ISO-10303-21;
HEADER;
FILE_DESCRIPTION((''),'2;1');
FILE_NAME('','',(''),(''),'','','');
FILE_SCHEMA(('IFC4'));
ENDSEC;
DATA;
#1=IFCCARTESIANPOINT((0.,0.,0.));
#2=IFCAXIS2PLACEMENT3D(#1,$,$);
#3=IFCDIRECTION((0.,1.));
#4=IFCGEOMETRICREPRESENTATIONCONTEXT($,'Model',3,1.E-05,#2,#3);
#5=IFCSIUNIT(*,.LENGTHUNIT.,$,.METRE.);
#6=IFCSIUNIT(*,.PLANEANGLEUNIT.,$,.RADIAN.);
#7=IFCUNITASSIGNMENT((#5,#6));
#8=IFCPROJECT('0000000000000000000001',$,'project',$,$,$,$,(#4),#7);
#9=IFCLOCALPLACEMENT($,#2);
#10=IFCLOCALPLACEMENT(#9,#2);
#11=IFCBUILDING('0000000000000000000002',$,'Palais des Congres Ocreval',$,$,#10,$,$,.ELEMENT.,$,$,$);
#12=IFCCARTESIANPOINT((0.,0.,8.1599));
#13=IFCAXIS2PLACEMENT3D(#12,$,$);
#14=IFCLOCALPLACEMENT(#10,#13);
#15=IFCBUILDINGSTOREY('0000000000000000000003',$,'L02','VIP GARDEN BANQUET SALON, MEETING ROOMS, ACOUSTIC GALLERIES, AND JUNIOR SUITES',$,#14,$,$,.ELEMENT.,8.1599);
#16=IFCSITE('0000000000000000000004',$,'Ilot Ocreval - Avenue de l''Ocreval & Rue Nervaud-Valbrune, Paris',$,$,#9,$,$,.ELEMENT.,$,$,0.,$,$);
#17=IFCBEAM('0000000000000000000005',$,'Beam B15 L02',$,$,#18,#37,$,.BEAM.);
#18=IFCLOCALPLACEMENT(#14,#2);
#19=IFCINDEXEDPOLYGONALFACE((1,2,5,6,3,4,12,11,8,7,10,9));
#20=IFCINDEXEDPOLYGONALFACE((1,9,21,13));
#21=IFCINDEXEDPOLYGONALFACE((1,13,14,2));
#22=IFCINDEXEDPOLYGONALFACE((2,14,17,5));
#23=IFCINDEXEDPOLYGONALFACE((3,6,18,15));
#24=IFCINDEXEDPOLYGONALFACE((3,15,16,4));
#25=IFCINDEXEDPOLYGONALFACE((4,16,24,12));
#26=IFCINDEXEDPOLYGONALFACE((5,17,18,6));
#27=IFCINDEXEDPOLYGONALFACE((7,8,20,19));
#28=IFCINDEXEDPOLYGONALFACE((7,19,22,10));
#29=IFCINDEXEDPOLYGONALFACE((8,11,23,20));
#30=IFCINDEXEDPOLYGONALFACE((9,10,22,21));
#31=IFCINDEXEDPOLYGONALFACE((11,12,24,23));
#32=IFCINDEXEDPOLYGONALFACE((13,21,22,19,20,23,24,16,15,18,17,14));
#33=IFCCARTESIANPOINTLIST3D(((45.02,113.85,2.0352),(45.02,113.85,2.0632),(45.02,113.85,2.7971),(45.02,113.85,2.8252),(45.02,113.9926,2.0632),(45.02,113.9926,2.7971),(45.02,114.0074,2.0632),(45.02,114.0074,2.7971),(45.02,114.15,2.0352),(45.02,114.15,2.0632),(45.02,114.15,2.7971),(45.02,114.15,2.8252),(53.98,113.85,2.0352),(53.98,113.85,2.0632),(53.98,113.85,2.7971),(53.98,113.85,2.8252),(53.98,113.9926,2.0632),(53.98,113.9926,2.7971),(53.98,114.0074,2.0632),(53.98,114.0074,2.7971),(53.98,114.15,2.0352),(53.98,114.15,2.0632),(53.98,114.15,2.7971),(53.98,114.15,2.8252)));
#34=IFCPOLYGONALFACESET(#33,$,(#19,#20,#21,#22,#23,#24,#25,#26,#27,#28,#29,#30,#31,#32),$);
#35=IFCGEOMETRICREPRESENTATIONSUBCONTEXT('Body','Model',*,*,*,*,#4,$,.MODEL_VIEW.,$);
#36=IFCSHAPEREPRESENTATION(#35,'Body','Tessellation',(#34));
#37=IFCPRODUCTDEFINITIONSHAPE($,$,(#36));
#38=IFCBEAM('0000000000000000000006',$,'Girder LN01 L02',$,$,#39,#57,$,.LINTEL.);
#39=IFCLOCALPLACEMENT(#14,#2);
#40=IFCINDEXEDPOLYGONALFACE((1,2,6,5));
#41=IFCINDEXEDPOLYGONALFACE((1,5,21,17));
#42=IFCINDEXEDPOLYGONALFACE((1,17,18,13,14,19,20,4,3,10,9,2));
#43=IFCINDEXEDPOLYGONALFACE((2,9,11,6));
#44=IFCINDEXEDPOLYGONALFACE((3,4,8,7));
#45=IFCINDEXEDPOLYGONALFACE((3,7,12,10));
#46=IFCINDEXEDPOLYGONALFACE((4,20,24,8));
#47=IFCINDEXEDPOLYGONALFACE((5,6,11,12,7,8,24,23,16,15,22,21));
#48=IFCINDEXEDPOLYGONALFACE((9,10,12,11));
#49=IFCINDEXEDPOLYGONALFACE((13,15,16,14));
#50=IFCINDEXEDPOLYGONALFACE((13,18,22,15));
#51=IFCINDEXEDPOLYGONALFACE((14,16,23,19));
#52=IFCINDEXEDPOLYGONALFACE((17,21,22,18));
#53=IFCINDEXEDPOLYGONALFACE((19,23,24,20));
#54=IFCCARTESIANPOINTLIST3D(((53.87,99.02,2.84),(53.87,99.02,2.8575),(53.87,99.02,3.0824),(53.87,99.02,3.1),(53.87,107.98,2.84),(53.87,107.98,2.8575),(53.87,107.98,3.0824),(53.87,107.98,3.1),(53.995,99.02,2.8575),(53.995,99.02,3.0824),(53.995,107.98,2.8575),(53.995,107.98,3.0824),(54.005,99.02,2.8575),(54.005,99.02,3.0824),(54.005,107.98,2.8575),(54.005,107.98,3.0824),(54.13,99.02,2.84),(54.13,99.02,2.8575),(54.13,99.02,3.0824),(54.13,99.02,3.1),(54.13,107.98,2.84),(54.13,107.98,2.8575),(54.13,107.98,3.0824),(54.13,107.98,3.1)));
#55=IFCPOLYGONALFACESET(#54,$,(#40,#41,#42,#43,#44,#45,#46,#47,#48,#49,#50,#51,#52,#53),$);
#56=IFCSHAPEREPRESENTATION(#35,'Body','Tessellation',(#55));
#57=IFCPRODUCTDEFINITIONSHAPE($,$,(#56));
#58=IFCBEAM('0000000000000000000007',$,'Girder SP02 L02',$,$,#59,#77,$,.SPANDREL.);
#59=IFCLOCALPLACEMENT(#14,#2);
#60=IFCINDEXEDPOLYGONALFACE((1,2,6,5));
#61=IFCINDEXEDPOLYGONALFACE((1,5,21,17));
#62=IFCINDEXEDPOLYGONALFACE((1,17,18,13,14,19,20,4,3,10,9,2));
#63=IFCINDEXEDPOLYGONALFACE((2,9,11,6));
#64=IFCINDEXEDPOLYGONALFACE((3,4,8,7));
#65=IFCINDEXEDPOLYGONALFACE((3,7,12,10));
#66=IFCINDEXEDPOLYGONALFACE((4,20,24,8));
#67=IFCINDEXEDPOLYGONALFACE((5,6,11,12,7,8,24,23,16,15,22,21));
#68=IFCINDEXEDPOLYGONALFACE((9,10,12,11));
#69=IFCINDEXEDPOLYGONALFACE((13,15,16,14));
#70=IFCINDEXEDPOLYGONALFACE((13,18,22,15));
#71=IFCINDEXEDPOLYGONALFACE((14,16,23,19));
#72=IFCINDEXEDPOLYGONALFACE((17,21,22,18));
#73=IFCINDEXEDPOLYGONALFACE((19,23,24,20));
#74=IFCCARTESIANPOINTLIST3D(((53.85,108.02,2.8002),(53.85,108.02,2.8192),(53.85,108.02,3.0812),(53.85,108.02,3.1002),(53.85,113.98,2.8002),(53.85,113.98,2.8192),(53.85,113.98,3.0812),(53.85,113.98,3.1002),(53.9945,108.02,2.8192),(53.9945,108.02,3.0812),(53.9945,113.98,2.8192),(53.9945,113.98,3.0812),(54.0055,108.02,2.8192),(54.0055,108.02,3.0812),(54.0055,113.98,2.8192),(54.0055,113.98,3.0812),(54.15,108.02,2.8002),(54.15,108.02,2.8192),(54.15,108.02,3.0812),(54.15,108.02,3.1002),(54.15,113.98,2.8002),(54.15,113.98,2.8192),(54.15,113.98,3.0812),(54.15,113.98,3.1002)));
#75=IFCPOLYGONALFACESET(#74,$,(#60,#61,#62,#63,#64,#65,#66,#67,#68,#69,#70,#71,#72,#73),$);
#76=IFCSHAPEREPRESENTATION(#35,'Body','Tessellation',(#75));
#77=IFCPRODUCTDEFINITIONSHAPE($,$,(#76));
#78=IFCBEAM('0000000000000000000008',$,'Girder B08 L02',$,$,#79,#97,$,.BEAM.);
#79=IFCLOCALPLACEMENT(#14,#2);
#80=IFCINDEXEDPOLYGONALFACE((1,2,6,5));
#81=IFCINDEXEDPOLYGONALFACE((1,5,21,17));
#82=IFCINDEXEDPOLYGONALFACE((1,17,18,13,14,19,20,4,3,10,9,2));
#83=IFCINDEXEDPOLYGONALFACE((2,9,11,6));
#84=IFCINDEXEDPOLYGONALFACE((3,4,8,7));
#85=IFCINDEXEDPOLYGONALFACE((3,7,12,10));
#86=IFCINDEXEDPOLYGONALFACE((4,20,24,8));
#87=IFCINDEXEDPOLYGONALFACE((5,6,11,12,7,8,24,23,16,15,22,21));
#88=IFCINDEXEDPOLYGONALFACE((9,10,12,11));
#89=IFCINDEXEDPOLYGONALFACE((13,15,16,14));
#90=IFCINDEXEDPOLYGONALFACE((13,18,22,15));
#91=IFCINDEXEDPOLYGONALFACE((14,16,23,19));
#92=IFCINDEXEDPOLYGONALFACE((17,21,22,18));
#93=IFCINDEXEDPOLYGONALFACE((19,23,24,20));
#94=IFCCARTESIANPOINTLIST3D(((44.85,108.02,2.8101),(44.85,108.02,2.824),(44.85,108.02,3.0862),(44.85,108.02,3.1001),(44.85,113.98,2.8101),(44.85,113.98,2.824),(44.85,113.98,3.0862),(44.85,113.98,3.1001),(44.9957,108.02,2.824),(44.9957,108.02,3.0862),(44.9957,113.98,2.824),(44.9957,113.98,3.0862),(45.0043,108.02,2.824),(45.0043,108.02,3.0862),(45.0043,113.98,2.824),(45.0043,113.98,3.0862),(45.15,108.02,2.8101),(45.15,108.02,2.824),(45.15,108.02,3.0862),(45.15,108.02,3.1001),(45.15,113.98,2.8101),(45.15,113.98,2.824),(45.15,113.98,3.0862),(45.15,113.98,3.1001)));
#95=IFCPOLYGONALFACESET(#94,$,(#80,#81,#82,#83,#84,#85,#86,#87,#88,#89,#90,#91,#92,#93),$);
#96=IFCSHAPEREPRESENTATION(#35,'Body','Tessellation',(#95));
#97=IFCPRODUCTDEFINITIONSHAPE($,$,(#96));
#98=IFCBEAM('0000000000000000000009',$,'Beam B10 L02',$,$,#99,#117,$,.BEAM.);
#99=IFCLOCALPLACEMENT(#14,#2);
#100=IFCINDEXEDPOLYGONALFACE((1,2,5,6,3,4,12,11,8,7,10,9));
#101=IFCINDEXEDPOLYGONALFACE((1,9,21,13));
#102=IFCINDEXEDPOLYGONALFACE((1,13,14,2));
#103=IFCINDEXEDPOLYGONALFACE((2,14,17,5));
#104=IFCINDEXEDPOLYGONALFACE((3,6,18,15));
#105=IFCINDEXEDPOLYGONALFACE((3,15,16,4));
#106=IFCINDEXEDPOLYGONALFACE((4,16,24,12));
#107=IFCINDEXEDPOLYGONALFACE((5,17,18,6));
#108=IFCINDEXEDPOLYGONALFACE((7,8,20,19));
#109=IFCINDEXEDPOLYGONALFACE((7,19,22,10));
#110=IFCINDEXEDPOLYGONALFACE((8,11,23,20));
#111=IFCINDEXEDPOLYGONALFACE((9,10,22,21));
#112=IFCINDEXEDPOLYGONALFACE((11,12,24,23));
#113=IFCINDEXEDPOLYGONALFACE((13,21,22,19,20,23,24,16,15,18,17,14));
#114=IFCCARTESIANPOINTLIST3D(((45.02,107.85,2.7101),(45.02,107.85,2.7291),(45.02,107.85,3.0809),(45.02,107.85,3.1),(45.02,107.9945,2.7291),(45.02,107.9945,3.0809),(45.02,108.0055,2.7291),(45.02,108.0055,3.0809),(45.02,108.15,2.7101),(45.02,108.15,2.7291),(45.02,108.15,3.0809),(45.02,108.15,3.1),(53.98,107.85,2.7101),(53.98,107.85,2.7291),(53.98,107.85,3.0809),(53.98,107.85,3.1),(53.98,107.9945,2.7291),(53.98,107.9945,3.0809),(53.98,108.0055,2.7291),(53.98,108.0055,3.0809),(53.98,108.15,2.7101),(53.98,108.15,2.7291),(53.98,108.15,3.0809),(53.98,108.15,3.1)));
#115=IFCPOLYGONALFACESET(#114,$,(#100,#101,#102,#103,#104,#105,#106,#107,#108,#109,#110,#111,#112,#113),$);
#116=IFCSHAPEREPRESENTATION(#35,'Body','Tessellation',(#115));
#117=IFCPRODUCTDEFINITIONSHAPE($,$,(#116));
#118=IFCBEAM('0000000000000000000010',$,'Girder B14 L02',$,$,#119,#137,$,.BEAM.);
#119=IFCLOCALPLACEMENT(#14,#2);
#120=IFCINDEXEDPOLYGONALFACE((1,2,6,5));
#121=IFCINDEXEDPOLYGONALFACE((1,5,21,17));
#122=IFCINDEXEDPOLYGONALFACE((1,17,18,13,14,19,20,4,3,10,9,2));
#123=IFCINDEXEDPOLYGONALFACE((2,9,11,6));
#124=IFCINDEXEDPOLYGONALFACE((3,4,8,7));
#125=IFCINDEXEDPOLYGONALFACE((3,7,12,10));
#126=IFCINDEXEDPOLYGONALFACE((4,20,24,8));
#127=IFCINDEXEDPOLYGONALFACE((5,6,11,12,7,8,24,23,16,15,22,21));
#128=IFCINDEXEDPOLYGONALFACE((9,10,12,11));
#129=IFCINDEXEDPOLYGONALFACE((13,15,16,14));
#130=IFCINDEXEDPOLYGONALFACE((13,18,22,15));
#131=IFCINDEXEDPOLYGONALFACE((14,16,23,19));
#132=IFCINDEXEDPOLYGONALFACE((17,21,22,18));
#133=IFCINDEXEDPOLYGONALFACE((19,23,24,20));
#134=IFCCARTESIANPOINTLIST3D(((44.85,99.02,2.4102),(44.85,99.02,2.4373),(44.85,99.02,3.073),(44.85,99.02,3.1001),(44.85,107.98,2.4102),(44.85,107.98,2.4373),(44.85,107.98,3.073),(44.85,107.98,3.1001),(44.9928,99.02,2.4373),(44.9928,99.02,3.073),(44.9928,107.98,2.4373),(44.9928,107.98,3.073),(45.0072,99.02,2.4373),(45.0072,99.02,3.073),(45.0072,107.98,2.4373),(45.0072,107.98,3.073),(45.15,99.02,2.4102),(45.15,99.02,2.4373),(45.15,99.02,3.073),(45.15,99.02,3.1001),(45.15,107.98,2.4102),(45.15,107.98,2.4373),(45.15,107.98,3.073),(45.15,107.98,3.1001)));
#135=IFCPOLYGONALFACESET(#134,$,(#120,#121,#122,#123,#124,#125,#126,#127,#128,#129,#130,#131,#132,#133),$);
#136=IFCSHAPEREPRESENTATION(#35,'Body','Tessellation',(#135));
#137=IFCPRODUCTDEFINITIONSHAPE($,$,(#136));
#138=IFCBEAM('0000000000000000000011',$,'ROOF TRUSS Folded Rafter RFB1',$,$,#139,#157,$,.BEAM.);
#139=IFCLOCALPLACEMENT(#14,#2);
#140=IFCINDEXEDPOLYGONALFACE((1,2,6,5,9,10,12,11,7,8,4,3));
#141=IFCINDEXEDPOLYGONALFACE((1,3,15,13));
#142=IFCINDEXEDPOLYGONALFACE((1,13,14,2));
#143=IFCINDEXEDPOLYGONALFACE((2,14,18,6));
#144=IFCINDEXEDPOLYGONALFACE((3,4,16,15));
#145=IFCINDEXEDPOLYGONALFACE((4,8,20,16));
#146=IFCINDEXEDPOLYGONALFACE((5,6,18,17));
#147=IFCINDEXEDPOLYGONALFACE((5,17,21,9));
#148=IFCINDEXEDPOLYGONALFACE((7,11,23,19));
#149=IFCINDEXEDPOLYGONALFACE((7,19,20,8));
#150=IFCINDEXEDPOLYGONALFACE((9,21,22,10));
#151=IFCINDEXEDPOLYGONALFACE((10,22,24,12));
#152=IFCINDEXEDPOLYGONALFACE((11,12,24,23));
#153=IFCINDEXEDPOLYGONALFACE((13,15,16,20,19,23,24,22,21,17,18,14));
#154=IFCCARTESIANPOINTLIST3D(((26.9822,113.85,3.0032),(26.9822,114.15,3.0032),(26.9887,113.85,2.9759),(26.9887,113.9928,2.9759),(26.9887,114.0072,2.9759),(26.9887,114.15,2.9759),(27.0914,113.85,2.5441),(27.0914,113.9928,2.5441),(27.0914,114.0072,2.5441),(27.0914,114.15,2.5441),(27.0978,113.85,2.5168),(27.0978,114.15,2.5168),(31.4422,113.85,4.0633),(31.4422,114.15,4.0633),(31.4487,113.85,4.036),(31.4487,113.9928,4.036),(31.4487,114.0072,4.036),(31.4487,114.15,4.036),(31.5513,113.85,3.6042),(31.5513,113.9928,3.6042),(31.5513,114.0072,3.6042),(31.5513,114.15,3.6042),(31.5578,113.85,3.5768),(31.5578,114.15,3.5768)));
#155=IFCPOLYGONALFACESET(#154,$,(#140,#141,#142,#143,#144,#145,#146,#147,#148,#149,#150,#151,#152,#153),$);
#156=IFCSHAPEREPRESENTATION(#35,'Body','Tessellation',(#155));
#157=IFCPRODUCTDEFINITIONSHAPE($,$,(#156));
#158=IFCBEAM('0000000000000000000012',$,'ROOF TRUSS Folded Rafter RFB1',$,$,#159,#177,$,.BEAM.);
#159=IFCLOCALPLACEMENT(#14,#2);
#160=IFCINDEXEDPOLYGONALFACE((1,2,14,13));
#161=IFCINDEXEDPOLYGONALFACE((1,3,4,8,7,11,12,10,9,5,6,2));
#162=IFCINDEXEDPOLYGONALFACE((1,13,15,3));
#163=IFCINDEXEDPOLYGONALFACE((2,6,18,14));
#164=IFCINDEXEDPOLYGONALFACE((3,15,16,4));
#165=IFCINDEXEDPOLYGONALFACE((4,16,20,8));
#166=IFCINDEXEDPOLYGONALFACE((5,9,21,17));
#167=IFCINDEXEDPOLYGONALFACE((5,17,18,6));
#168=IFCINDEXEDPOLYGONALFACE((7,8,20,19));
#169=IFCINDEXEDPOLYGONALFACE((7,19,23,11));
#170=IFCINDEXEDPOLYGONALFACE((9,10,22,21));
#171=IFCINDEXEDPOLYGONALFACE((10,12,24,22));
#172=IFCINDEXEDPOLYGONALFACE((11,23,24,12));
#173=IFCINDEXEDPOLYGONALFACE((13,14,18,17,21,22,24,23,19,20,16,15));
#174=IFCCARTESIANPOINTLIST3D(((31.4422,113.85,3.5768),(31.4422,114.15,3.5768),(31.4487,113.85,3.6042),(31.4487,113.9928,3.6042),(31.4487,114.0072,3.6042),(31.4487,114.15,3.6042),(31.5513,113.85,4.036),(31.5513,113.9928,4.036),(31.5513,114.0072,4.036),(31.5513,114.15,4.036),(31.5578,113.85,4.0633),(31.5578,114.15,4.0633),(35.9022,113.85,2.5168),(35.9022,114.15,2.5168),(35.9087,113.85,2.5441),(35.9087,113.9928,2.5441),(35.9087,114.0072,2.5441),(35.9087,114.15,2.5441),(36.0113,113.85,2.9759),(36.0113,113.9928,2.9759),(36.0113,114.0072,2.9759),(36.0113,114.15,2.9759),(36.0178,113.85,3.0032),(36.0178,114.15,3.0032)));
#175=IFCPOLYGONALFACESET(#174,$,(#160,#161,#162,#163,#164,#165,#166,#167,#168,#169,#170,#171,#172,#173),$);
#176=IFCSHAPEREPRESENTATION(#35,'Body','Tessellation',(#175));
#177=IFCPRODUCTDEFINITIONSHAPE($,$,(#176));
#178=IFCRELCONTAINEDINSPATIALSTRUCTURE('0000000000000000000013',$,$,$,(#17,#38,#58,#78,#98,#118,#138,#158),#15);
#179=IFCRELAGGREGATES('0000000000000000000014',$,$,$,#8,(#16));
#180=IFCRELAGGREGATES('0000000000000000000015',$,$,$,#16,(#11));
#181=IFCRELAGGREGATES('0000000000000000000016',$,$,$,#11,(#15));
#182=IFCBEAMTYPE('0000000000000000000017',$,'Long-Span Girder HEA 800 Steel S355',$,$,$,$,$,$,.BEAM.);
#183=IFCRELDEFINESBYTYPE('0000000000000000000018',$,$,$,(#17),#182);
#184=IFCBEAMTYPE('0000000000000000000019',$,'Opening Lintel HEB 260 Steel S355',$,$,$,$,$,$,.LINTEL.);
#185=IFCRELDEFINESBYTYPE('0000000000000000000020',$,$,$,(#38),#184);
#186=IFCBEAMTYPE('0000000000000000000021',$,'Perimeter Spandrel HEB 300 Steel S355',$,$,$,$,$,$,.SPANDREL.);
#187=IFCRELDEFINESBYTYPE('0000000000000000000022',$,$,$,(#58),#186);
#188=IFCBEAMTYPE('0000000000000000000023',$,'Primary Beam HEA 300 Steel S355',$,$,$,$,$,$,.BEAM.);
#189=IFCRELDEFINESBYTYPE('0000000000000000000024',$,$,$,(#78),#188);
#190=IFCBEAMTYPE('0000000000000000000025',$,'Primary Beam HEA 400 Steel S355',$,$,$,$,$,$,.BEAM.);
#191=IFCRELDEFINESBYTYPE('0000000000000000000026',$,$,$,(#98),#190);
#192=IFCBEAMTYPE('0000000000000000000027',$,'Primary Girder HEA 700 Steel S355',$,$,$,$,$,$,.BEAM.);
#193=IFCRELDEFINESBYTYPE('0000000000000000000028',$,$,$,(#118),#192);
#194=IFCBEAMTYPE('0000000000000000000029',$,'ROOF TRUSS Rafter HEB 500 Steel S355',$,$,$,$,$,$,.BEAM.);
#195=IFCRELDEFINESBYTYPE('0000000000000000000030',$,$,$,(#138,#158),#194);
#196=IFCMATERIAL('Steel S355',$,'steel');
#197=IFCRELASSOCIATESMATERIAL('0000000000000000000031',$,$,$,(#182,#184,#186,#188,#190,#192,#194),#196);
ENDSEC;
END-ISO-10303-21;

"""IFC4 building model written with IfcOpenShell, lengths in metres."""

from ifc_helpers import new_model, si_unit, direction, frame, origin, origin_2d, place, context, subcontext, project, spatial, i_section, extrude, material, material_profile, profile_set, type_object, element, save


model = new_model("IFC4")

# Units and contexts
model_context = context("Model", 3, precision=1e-05, world=origin(), true_north=direction((0.0, 1.0)))
body_context = subcontext(model_context, "Body", "Model", "MODEL_VIEW")
ifc_project = project(units=[si_unit("LENGTHUNIT", "METRE"), si_unit("PLANEANGLEUNIT", "RADIAN")], contexts=[model_context])

# Site, building, storey
site_placement = place(None, origin())
site = spatial("IfcSite", under=ifc_project, at=site_placement, Name="Ilot Ocreval - Avenue de l'Ocreval & Rue Nervaud-Valbrune, Paris", CompositionType="ELEMENT", RefElevation=0.0)
building_placement = place(site_placement, origin())
building = spatial("IfcBuilding", under=site, at=building_placement, Name="Palais des Congres Ocreval", CompositionType="ELEMENT")
storey_placement = place(building_placement, frame((0.0, 0.0, 8.1599)))
storey = spatial("IfcBuildingStorey", under=building, at=storey_placement, Name="L02", Description="VIP GARDEN BANQUET SALON, MEETING ROOMS, ACOUSTIC GALLERIES, AND JUNIOR SUITES", CompositionType="ELEMENT", Elevation=8.1599)

# Shared definitions
ifc_material_1 = material(Name="Steel S355", Category="steel")

# Beams
ifc_material_profile_1 = material_profile(ifc_material_1, i_section(OverallWidth=0.3, OverallDepth=0.79, WebThickness=0.0149, FlangeThickness=0.0281, at=origin_2d()), Name="HEA 800")
ifc_profile_set_1 = profile_set([ifc_material_profile_1], Name="Steel S355")
beam_type_1 = type_object("IfcBeamType", Name="Long-Span Girder HEA 800 Steel S355", PredefinedType="BEAM", material=ifc_profile_set_1)
for number, where, z_axis, x_axis, name in (
    (1, (45.02, 114.0, 2.4302), (1.0, 0.0, 0.0), (0.0, 1.0, 0.0), "Beam B15 L02"),
):
    element("IfcBeam", number, at=place(storey_placement, frame(where, z_axis=z_axis, x_axis=x_axis)), inside=storey, type_object=beam_type_1, Name=name, PredefinedType="BEAM", context=body_context, shape_type="SweptSolid", body=[
        extrude(i_section(OverallWidth=0.3, OverallDepth=0.79, WebThickness=0.0149, FlangeThickness=0.0281, at=origin_2d()), origin(), (0.0, 0.0, 1.0), 8.96),
    ])
ifc_material_profile_2 = material_profile(ifc_material_1, i_section(OverallWidth=0.26, OverallDepth=0.26, WebThickness=0.01, FlangeThickness=0.0176, at=origin_2d()), Name="HEB 260")
ifc_profile_set_2 = profile_set([ifc_material_profile_2], Name="Steel S355")
beam_type_2 = type_object("IfcBeamType", Name="Opening Lintel HEB 260 Steel S355", PredefinedType="LINTEL", material=ifc_profile_set_2)
beam_1_placement = place(storey_placement, frame((54.0, 99.02, 2.97), z_axis=(0.0, 1.0, 0.0), x_axis=(-1.0, 0.0, 0.0)))
element("IfcBeam", 2, at=beam_1_placement, inside=storey, type_object=beam_type_2, Name="Girder LN01 L02", PredefinedType="LINTEL", context=body_context, shape_type="SweptSolid", body=[
    extrude(i_section(OverallWidth=0.26, OverallDepth=0.26, WebThickness=0.01, FlangeThickness=0.0176, at=origin_2d()), origin(), (0.0, 0.0, 1.0), 8.96),
])
ifc_material_profile_3 = material_profile(ifc_material_1, i_section(OverallWidth=0.3, OverallDepth=0.3, WebThickness=0.011, FlangeThickness=0.019, at=origin_2d()), Name="HEB 300")
ifc_profile_set_3 = profile_set([ifc_material_profile_3], Name="Steel S355")
beam_type_3 = type_object("IfcBeamType", Name="Perimeter Spandrel HEB 300 Steel S355", PredefinedType="SPANDREL", material=ifc_profile_set_3)
beam_2_placement = place(storey_placement, frame((54.0, 108.02, 2.9502), z_axis=(0.0, 1.0, 0.0), x_axis=(-1.0, 0.0, 0.0)))
element("IfcBeam", 3, at=beam_2_placement, inside=storey, type_object=beam_type_3, Name="Girder SP02 L02", PredefinedType="SPANDREL", context=body_context, shape_type="SweptSolid", body=[
    extrude(i_section(OverallWidth=0.3, OverallDepth=0.3, WebThickness=0.011, FlangeThickness=0.019, at=origin_2d()), origin(), (0.0, 0.0, 1.0), 5.96),
])
ifc_material_profile_4 = material_profile(ifc_material_1, i_section(OverallWidth=0.3, OverallDepth=0.29, WebThickness=0.0085, FlangeThickness=0.0139, at=origin_2d()), Name="HEA 300")
ifc_profile_set_4 = profile_set([ifc_material_profile_4], Name="Steel S355")
beam_type_4 = type_object("IfcBeamType", Name="Primary Beam HEA 300 Steel S355", PredefinedType="BEAM", material=ifc_profile_set_4)
beam_3_placement = place(storey_placement, frame((45.0, 108.02, 2.9551), z_axis=(0.0, 1.0, 0.0), x_axis=(-1.0, 0.0, 0.0)))
element("IfcBeam", 4, at=beam_3_placement, inside=storey, type_object=beam_type_4, Name="Girder B08 L02", PredefinedType="BEAM", context=body_context, shape_type="SweptSolid", body=[
    extrude(i_section(OverallWidth=0.3, OverallDepth=0.29, WebThickness=0.0085, FlangeThickness=0.0139, at=origin_2d()), origin(), (0.0, 0.0, 1.0), 5.96),
])
ifc_material_profile_5 = material_profile(ifc_material_1, i_section(OverallWidth=0.3, OverallDepth=0.3899, WebThickness=0.011, FlangeThickness=0.019, at=origin_2d()), Name="HEA 400")
ifc_profile_set_5 = profile_set([ifc_material_profile_5], Name="Steel S355")
beam_type_5 = type_object("IfcBeamType", Name="Primary Beam HEA 400 Steel S355", PredefinedType="BEAM", material=ifc_profile_set_5)
beam_4_placement = place(storey_placement, frame((45.02, 108.0, 2.905), z_axis=(1.0, 0.0, 0.0), x_axis=(0.0, 1.0, 0.0)))
element("IfcBeam", 5, at=beam_4_placement, inside=storey, type_object=beam_type_5, Name="Beam B10 L02", PredefinedType="BEAM", context=body_context, shape_type="SweptSolid", body=[
    extrude(i_section(OverallWidth=0.3, OverallDepth=0.3899, WebThickness=0.011, FlangeThickness=0.019, at=origin_2d()), origin(), (0.0, 0.0, 1.0), 8.96),
])
ifc_material_profile_6 = material_profile(ifc_material_1, i_section(OverallWidth=0.3, OverallDepth=0.6899, WebThickness=0.0144, FlangeThickness=0.0271, at=origin_2d()), Name="HEA 700")
ifc_profile_set_6 = profile_set([ifc_material_profile_6], Name="Steel S355")
beam_type_6 = type_object("IfcBeamType", Name="Primary Girder HEA 700 Steel S355", PredefinedType="BEAM", material=ifc_profile_set_6)
beam_5_placement = place(storey_placement, frame((45.0, 99.02, 2.7551), z_axis=(0.0, 1.0, 0.0), x_axis=(-1.0, 0.0, 0.0)))
element("IfcBeam", 6, at=beam_5_placement, inside=storey, type_object=beam_type_6, Name="Girder B14 L02", PredefinedType="BEAM", context=body_context, shape_type="SweptSolid", body=[
    extrude(i_section(OverallWidth=0.3, OverallDepth=0.6899, WebThickness=0.0144, FlangeThickness=0.0271, at=origin_2d()), origin(), (0.0, 0.0, 1.0), 8.96),
])
ifc_material_profile_7 = material_profile(ifc_material_1, i_section(OverallWidth=0.3, OverallDepth=0.5, WebThickness=0.0144, FlangeThickness=0.0281, at=origin_2d()), Name="HEB 500")
ifc_profile_set_7 = profile_set([ifc_material_profile_7], Name="Steel S355")
beam_type_7 = type_object("IfcBeamType", Name="ROOF TRUSS Rafter HEB 500 Steel S355", PredefinedType="BEAM", material=ifc_profile_set_7)
for number, where, z_axis, x_axis, name in (
    (7, (27.04, 114.0, 2.76), (0.972896, 0.0, 0.231241), (0.0, 1.0, 0.0), "ROOF TRUSS Folded Rafter RFB1"),
    (8, (31.5, 114.0, 3.8201), (0.972896, 0.0, -0.231241), (0.0, 1.0, 0.0), "ROOF TRUSS Folded Rafter RFB1"),
):
    element("IfcBeam", number, at=place(storey_placement, frame(where, z_axis=z_axis, x_axis=x_axis)), inside=storey, type_object=beam_type_7, Name=name, PredefinedType="BEAM", context=body_context, shape_type="SweptSolid", body=[
        extrude(i_section(OverallWidth=0.3, OverallDepth=0.5, WebThickness=0.0144, FlangeThickness=0.0281, at=origin_2d()), origin(), (0.0, 0.0, 1.0), 4.5842),
    ])

save(model, "model.ifc")
